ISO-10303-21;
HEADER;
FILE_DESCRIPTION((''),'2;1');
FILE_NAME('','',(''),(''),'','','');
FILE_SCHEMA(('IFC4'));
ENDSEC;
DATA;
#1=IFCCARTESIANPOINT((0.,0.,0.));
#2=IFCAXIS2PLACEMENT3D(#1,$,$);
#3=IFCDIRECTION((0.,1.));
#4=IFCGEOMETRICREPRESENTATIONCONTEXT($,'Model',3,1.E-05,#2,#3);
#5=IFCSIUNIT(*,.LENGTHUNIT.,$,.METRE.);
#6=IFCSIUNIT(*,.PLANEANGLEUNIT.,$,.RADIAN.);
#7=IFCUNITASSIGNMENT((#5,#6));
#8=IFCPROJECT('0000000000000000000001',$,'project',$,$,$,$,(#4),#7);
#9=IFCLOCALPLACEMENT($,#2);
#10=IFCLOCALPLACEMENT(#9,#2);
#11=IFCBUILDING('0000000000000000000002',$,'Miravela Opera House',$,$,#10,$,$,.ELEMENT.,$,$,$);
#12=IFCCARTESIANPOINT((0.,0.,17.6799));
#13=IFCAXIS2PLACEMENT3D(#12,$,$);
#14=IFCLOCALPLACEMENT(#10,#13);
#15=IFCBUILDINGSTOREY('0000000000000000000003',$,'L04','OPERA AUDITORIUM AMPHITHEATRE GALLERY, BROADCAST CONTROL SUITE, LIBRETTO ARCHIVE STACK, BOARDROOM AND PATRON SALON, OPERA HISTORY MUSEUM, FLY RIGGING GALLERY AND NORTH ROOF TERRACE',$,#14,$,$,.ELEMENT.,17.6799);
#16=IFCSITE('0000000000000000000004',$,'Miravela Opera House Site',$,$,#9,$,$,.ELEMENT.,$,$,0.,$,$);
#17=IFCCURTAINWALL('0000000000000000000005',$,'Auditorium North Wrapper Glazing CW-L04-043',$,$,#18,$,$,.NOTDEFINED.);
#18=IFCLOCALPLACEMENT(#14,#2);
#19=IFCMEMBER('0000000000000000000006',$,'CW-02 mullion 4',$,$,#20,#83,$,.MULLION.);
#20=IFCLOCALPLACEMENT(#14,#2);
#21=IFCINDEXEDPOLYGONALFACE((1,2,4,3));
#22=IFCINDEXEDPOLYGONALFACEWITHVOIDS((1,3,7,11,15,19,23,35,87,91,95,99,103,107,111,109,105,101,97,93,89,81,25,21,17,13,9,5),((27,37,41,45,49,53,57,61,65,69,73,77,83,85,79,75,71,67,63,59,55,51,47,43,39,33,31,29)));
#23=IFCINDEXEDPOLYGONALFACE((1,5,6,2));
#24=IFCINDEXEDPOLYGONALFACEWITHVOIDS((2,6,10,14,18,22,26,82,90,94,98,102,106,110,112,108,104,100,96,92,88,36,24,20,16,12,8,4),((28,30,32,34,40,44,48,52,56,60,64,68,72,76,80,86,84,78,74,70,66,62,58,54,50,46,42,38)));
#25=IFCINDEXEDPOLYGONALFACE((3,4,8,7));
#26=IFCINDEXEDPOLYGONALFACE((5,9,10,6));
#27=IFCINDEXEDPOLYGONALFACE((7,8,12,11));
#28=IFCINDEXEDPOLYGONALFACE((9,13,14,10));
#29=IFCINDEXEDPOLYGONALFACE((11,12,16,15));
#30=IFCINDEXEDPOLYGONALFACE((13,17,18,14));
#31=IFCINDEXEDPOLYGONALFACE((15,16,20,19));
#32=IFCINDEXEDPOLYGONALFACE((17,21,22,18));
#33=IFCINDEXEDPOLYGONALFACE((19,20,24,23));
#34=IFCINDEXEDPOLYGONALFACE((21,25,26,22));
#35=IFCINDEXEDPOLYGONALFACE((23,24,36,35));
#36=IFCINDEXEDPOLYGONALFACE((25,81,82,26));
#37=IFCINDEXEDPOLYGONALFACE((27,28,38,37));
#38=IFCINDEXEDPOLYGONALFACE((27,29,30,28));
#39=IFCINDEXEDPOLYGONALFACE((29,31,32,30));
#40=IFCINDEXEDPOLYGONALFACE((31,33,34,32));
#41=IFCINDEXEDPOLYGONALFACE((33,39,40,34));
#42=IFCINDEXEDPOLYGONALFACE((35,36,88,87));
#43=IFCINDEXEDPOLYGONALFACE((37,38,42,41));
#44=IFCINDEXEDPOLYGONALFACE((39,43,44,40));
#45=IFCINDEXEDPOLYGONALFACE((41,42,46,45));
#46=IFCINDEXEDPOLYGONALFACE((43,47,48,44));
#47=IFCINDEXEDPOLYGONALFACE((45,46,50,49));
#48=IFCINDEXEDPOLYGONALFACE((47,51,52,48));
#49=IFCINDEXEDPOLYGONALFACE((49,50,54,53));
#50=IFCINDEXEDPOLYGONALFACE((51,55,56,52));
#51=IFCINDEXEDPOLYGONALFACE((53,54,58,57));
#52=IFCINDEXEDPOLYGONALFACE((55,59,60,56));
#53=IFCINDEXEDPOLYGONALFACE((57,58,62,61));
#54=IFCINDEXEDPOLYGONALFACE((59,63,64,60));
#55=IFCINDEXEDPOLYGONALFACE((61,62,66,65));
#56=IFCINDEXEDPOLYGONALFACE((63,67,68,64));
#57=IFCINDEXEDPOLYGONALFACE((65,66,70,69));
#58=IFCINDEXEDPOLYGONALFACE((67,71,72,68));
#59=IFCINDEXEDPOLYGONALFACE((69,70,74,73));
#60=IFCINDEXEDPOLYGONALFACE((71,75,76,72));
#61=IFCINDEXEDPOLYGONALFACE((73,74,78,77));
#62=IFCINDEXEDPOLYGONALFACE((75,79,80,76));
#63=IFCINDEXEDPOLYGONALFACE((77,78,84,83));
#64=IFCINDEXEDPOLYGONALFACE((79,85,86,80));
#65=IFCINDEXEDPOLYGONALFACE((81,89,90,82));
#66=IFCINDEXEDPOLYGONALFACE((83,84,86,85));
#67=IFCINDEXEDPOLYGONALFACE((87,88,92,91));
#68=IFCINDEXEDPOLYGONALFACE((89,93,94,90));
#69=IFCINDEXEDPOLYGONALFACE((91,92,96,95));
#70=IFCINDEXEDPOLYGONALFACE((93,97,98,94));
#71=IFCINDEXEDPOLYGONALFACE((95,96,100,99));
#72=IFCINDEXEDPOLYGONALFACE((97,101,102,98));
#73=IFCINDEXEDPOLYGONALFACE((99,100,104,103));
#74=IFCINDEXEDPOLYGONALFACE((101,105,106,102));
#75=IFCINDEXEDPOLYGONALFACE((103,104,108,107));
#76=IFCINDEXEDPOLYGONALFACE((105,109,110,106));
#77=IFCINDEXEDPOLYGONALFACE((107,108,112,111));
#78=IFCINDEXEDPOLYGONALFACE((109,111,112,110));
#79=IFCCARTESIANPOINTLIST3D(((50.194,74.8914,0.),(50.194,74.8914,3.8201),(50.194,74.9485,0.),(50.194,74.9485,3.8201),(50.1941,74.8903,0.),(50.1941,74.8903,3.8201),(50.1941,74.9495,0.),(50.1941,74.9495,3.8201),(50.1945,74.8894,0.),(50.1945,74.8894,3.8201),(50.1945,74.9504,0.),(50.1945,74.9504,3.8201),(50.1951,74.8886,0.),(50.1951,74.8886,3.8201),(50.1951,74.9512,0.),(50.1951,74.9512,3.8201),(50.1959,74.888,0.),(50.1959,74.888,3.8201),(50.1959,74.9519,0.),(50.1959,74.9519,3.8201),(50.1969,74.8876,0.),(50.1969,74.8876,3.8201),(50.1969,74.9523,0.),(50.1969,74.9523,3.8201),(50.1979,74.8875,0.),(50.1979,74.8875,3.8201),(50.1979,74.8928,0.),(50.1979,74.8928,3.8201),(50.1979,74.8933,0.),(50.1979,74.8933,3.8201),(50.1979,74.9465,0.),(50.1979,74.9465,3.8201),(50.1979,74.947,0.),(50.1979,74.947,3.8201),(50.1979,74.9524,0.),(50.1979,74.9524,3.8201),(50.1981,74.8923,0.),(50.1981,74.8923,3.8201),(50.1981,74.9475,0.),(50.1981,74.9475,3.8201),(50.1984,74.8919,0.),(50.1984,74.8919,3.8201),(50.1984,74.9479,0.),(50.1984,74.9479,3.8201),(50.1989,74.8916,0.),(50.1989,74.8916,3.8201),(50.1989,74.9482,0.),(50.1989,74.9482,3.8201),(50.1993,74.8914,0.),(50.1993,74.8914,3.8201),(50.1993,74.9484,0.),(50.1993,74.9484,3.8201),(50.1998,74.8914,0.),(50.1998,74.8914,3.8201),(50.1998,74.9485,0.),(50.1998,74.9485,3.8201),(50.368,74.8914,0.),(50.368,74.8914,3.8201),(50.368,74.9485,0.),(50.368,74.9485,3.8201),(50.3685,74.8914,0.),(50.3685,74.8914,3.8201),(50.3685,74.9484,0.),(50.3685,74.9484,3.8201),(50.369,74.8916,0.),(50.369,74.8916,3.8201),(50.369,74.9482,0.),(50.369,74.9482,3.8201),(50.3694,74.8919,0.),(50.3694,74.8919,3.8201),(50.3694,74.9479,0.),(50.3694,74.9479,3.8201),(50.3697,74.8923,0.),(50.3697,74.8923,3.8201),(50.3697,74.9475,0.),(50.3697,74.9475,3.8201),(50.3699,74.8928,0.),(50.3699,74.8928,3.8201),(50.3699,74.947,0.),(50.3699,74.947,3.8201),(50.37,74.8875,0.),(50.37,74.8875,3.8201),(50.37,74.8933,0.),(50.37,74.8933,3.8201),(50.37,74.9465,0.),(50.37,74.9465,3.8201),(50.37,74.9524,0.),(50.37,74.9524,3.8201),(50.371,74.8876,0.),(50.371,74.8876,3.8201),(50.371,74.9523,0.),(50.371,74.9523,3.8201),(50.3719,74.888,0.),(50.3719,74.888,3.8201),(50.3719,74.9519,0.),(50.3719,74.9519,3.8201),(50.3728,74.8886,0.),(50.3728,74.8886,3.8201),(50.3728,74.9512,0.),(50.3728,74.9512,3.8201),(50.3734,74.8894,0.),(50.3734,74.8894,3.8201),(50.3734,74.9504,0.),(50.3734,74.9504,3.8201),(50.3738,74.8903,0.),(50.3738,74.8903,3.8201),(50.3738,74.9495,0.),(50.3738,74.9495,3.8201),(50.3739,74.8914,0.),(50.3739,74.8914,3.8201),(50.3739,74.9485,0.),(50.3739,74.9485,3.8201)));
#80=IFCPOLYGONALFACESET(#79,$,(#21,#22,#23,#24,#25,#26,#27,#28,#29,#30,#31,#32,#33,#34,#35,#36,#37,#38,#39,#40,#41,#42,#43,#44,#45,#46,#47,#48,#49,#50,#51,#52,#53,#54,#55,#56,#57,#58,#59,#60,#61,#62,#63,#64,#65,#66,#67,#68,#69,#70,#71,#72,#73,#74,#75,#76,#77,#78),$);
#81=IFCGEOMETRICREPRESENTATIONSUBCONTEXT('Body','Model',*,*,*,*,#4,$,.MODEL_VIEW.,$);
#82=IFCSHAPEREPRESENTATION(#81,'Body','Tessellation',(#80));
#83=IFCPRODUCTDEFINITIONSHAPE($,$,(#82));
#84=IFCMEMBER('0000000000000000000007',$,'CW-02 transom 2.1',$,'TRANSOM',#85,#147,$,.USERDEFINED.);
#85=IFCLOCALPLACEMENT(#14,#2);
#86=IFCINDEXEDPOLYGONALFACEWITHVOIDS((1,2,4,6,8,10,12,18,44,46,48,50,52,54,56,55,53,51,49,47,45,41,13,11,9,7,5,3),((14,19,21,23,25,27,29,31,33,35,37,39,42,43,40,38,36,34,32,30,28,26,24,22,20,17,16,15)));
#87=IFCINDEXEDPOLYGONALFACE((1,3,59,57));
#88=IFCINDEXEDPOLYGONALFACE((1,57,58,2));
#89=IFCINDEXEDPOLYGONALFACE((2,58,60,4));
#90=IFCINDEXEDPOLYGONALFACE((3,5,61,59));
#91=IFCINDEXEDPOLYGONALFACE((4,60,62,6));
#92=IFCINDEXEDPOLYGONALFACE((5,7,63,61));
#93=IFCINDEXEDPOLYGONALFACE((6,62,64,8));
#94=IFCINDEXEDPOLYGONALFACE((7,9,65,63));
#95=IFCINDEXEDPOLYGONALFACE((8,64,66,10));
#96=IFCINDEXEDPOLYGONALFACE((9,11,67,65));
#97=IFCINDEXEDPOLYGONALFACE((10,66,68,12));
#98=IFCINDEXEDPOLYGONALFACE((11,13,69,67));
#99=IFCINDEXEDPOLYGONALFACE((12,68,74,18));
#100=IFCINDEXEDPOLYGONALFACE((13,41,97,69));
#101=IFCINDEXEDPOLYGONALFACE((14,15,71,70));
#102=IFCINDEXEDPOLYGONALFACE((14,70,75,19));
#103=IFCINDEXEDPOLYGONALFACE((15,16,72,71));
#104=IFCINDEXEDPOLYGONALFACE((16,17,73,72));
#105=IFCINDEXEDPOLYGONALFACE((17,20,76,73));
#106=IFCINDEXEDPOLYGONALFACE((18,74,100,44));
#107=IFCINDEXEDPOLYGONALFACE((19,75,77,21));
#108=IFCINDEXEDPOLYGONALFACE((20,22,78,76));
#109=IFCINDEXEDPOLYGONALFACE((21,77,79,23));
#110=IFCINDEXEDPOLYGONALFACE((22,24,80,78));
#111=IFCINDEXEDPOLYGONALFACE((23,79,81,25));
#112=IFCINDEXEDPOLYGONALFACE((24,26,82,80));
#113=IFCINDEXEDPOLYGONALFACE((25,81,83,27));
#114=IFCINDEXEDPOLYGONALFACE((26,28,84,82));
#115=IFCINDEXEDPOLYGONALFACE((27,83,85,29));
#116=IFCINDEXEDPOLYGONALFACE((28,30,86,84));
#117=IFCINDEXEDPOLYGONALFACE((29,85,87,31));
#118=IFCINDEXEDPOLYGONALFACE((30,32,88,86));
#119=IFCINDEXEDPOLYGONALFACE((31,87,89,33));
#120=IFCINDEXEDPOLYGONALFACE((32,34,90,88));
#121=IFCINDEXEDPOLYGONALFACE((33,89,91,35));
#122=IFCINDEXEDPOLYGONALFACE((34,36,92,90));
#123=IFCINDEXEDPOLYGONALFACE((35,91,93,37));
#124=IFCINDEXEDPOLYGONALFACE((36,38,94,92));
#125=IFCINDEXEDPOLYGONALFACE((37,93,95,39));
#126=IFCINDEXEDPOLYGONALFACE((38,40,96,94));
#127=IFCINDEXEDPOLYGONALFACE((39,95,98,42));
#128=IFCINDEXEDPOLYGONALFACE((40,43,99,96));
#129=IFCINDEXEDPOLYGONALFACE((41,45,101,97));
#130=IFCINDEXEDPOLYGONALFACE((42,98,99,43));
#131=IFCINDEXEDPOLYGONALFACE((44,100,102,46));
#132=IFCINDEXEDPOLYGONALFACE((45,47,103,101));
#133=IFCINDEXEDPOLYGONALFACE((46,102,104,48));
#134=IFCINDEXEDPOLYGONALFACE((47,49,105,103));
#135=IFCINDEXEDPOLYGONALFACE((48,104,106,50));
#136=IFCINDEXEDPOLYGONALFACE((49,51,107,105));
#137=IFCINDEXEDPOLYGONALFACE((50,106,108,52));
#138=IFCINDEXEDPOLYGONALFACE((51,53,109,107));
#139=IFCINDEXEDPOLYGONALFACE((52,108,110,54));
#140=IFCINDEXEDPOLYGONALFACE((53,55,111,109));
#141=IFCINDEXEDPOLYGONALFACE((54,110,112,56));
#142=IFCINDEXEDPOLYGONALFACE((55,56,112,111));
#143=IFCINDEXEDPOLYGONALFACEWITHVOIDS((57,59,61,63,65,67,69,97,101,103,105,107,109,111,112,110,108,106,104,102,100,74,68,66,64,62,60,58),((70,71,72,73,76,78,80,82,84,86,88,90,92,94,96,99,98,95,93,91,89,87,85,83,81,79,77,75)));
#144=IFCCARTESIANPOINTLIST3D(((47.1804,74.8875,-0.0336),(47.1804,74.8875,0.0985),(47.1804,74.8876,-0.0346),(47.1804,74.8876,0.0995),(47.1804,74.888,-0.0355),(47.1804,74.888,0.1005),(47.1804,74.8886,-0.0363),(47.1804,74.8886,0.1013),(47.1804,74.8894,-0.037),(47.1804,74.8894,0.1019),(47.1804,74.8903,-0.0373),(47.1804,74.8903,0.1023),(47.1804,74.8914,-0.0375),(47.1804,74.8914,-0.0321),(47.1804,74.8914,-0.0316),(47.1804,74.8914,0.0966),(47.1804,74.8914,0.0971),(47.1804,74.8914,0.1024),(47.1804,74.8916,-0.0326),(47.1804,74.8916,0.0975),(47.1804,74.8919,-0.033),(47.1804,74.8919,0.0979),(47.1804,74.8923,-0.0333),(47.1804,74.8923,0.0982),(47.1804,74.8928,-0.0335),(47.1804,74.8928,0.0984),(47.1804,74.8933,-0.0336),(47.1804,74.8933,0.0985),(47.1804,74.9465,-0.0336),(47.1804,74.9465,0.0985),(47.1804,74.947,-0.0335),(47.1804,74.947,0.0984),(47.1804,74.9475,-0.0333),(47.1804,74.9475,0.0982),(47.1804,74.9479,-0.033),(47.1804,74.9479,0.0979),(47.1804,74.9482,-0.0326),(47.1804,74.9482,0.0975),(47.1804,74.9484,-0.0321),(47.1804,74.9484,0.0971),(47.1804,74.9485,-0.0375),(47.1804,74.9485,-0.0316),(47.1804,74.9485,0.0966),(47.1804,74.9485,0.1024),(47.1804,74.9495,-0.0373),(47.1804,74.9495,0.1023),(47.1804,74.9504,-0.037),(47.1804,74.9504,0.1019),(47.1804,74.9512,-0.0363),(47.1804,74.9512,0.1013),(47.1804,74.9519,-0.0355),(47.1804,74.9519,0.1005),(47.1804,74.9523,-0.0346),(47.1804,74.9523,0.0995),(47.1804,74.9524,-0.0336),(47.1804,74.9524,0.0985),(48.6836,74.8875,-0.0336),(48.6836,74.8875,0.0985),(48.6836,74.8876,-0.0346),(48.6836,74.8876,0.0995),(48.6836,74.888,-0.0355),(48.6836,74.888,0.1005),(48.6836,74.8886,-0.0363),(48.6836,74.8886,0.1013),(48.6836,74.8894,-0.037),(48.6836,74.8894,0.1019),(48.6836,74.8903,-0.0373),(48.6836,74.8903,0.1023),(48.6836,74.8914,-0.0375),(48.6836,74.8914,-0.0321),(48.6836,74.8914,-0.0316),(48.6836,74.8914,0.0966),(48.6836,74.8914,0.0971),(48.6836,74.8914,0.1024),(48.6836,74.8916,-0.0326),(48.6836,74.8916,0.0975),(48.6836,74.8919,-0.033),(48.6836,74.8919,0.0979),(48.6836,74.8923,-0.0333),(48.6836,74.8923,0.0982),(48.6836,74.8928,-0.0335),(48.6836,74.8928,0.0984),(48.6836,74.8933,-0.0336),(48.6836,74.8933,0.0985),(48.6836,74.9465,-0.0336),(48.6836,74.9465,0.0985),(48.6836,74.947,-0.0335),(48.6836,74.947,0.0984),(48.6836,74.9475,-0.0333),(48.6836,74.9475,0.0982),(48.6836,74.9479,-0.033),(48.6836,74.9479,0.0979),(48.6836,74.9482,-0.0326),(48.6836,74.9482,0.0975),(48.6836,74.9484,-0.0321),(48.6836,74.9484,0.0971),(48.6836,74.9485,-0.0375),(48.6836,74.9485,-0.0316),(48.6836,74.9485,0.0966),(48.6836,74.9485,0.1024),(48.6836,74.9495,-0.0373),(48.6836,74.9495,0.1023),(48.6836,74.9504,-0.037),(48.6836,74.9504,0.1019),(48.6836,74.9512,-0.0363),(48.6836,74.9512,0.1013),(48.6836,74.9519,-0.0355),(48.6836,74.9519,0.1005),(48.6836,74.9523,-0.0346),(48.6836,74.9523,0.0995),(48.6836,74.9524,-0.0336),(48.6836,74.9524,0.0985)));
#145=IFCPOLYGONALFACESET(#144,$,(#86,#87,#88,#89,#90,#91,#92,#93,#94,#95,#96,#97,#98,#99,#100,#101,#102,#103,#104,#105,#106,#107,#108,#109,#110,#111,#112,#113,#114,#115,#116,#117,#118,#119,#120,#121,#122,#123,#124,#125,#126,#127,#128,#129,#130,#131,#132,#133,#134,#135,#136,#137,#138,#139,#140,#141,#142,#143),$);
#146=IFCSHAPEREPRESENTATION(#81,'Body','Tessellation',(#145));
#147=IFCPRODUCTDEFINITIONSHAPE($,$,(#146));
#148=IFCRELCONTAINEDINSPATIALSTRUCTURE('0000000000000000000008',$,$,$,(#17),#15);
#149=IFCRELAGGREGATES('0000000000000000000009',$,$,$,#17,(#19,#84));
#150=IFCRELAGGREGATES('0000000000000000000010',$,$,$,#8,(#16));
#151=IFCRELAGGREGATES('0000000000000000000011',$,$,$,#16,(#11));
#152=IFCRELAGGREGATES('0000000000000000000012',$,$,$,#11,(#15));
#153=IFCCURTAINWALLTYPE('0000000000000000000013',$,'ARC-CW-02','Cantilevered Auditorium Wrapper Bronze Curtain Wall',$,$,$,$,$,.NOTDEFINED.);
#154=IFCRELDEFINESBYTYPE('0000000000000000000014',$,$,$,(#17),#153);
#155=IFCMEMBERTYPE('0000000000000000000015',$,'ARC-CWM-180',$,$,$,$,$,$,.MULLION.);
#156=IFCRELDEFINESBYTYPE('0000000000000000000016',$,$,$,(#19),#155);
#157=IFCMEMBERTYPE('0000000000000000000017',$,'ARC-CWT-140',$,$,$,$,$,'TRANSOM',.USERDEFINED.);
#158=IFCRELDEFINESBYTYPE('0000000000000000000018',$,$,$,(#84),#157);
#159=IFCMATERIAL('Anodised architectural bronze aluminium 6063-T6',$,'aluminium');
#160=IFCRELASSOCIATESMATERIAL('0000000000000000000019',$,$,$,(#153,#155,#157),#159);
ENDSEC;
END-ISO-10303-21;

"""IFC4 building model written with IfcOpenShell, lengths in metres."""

from ifc_helpers import new_model, si_unit, direction, frame, origin, origin_2d, place, context, subcontext, project, spatial, hollow_rectangle, extrude, material, material_profile, profile_set, type_object, element, aggregate, save


model = new_model("IFC4")

# Units and contexts
model_context = context("Model", 3, precision=1e-05, world=origin(), true_north=direction((0.0, 1.0)))
body_context = subcontext(model_context, "Body", "Model", "MODEL_VIEW")
ifc_project = project(units=[si_unit("LENGTHUNIT", "METRE"), si_unit("PLANEANGLEUNIT", "RADIAN")], contexts=[model_context])

# Site, building, storey
site_placement = place(None, origin())
site = spatial("IfcSite", under=ifc_project, at=site_placement, Name="Miravela Opera House Site", CompositionType="ELEMENT", RefElevation=0.0)
building_placement = place(site_placement, origin())
building = spatial("IfcBuilding", under=site, at=building_placement, Name="Miravela Opera House", CompositionType="ELEMENT")
storey_placement = place(building_placement, frame((0.0, 0.0, 17.6799)))
storey = spatial("IfcBuildingStorey", under=building, at=storey_placement, Name="L04", Description="OPERA AUDITORIUM AMPHITHEATRE GALLERY, BROADCAST CONTROL SUITE, LIBRETTO ARCHIVE STACK, BOARDROOM AND PATRON SALON, OPERA HISTORY MUSEUM, FLY RIGGING GALLERY AND NORTH ROOF TERRACE", CompositionType="ELEMENT", Elevation=17.6799)

# Curtain wall, members
ifc_material_1 = material(Name="Anodised architectural bronze aluminium 6063-T6", Category="aluminium")
curtain_wall_type = type_object("IfcCurtainWallType", Name="ARC-CW-02", Description="Cantilevered Auditorium Wrapper Bronze Curtain Wall", PredefinedType="NOTDEFINED", material=ifc_material_1)
curtain_wall_placement = place(storey_placement, origin())
curtain_wall = element("IfcCurtainWall", 1, at=curtain_wall_placement, inside=storey, type_object=curtain_wall_type, Name="Auditorium North Wrapper Glazing CW-L04-043", PredefinedType="NOTDEFINED")
ifc_material_profile_1 = material_profile(ifc_material_1, hollow_rectangle(XDim=0.0649, YDim=0.1799, WallThickness=0.0039, InnerFilletRadius=0.002, OuterFilletRadius=0.0039, at=origin_2d()), Name="CWM-65X180")
ifc_profile_set_1 = profile_set([ifc_material_profile_1])
member_type_1 = type_object("IfcMemberType", Name="ARC-CWM-180", PredefinedType="MULLION", material=ifc_profile_set_1)
member_1_placement = place(storey_placement, frame((50.2839, 74.9199, 0.0), z_axis=(0.0, 0.0, 1.0), x_axis=(0.0, 1.0, 0.0)))
member_1 = element("IfcMember", 2, at=member_1_placement, type_object=member_type_1, Name="CW-02 mullion 4", PredefinedType="MULLION", context=body_context, shape_type="SweptSolid", body=[
    extrude(hollow_rectangle(XDim=0.0649, YDim=0.1799, WallThickness=0.0039, InnerFilletRadius=0.002, OuterFilletRadius=0.0039, at=origin_2d()), origin(), (0.0, 0.0, 1.0), 3.8201),
])
ifc_material_profile_2 = material_profile(ifc_material_1, hollow_rectangle(XDim=0.0649, YDim=0.1399, WallThickness=0.0039, InnerFilletRadius=0.002, OuterFilletRadius=0.0039, at=origin_2d()), Name="CWT-65X140")
ifc_profile_set_2 = profile_set([ifc_material_profile_2])
member_type_2 = type_object("IfcMemberType", Name="ARC-CWT-140", ElementType="TRANSOM", PredefinedType="USERDEFINED", material=ifc_profile_set_2)
member_2_placement = place(storey_placement, frame((47.1804, 74.9199, 0.0325), z_axis=(1.0, 0.0, 0.0), x_axis=(0.0, 1.0, 0.0)))
member_2 = element("IfcMember", 3, at=member_2_placement, type_object=member_type_2, Name="CW-02 transom 2.1", ObjectType="TRANSOM", PredefinedType="USERDEFINED", context=body_context, shape_type="SweptSolid", body=[
    extrude(hollow_rectangle(XDim=0.0649, YDim=0.1399, WallThickness=0.0039, InnerFilletRadius=0.002, OuterFilletRadius=0.0039, at=origin_2d()), origin(), (0.0, 0.0, 1.0), 1.5032),
])
aggregate(curtain_wall, [member_1, member_2])

save(model, "model.ifc")
